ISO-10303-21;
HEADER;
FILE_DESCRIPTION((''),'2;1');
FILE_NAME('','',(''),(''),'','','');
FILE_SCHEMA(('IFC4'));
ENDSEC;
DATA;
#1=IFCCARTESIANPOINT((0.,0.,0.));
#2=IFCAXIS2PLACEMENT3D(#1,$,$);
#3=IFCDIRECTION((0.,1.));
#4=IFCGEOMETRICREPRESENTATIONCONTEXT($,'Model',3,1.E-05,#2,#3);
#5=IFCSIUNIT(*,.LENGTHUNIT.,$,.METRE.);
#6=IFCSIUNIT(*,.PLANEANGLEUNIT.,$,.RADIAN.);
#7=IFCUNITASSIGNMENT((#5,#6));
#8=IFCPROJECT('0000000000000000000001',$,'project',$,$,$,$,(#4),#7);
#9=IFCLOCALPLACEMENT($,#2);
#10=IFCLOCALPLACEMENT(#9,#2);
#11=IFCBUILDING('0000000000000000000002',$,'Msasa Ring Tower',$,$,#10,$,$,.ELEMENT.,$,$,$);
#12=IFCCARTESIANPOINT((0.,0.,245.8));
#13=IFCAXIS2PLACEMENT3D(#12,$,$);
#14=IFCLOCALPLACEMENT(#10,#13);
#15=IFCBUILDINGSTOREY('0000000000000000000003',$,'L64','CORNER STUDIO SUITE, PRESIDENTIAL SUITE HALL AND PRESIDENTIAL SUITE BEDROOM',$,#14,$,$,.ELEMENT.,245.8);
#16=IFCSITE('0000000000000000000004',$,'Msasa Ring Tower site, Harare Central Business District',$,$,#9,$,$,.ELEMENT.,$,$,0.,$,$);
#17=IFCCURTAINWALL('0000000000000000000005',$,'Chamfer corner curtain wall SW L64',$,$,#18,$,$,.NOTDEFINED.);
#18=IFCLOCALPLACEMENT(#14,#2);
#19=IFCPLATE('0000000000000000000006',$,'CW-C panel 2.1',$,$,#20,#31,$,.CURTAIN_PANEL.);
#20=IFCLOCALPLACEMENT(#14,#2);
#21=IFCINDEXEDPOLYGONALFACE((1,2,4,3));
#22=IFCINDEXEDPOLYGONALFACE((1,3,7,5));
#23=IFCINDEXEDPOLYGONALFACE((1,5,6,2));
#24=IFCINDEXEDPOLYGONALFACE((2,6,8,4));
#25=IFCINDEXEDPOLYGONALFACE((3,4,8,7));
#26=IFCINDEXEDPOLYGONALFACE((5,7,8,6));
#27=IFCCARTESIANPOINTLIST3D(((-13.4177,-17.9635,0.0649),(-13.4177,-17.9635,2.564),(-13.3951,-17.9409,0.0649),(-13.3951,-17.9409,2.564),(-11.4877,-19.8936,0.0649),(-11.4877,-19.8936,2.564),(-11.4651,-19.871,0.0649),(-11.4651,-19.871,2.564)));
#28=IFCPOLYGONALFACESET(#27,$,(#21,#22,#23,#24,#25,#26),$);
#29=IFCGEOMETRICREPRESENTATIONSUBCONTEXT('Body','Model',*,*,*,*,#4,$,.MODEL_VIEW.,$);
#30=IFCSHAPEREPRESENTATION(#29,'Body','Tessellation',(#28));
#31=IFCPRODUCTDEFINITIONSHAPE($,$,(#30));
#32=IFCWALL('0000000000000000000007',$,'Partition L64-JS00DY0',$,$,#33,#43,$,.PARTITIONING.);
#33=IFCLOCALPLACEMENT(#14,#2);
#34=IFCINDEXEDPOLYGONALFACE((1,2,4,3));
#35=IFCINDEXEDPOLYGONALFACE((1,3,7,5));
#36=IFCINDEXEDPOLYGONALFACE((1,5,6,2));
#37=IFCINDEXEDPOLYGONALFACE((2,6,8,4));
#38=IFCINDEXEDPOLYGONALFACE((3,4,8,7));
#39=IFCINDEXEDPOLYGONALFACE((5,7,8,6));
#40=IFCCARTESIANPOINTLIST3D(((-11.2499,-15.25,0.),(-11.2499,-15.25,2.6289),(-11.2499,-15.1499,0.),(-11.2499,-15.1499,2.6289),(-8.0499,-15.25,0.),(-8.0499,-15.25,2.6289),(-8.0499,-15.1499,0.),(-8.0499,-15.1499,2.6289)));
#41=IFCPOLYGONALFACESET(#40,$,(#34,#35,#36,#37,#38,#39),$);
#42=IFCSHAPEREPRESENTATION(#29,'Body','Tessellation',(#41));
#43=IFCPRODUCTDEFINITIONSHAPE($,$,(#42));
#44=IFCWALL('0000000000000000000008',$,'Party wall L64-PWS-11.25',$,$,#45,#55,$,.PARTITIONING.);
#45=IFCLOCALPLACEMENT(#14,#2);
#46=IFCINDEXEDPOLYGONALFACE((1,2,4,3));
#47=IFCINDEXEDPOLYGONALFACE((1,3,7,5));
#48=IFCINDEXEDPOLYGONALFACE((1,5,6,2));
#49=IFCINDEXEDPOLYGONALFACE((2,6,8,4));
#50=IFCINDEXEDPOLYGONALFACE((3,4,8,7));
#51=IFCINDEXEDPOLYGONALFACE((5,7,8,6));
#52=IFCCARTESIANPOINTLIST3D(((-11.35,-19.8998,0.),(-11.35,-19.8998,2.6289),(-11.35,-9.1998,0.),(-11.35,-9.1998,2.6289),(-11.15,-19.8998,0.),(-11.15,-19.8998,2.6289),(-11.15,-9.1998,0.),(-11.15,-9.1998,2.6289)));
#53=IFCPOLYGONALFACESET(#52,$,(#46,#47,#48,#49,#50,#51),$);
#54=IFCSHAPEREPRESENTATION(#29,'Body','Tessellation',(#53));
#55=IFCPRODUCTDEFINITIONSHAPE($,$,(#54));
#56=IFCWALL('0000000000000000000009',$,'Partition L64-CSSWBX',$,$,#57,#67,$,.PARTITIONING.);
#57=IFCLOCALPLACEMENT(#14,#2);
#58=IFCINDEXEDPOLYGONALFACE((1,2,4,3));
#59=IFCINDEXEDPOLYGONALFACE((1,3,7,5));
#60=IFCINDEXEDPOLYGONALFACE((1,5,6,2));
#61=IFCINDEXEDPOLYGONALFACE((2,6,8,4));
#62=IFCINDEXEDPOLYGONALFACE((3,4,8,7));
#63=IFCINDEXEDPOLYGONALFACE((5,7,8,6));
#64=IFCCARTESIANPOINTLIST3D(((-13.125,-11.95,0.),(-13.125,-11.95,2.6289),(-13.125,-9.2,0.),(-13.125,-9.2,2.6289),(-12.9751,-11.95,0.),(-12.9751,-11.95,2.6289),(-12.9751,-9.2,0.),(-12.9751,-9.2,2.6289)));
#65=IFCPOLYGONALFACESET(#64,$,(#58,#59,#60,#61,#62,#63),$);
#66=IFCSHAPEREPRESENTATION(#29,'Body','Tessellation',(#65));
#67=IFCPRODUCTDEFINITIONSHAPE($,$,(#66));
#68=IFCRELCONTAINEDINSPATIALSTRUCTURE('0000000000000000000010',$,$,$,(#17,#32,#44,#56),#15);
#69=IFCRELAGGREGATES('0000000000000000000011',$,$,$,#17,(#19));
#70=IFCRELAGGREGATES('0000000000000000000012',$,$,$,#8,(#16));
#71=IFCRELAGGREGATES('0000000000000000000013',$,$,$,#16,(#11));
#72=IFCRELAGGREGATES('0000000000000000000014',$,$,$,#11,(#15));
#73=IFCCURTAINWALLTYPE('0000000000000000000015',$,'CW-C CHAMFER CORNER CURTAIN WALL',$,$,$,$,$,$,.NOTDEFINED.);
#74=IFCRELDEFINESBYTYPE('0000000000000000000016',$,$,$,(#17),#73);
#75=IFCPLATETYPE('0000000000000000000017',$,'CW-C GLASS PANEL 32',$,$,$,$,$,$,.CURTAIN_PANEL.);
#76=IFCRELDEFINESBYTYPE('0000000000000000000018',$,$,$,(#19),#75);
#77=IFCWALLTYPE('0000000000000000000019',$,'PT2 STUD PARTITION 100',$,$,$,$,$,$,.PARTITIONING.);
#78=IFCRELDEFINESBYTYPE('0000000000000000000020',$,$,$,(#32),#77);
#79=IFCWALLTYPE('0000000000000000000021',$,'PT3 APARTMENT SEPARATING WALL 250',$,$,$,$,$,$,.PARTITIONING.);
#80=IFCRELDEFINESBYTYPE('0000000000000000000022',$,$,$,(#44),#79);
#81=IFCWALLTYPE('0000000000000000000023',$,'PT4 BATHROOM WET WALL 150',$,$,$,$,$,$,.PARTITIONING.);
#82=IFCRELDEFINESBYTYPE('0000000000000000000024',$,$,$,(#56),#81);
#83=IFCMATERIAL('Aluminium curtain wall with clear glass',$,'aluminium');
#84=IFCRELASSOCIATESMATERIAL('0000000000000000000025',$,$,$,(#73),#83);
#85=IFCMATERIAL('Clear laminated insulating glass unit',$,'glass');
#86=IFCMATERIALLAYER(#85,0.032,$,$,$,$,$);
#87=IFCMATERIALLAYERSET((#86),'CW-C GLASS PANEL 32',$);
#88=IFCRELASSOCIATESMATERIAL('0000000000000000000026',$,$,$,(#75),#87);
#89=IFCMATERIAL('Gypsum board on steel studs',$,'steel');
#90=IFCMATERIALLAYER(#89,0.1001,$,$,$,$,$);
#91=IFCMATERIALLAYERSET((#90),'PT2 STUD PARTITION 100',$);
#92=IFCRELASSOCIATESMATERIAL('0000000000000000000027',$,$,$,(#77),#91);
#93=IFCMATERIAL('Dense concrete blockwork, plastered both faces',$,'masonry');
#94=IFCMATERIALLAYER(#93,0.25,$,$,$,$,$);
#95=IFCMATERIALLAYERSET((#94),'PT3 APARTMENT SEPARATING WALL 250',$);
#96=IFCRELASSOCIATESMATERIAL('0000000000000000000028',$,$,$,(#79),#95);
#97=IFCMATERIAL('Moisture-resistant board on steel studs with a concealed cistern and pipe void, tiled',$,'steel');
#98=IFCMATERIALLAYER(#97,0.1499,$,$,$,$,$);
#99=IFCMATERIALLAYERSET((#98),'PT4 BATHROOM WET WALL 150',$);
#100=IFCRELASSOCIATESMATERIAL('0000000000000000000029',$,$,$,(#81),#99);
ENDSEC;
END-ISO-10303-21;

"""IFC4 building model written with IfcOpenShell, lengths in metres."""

from ifc_helpers import new_model, si_unit, direction, frame, frame_2d, origin, origin_2d, place, context, subcontext, project, spatial, rectangle, extrude, material, layer, layer_set, type_object, element, aggregate, save


model = new_model("IFC4")

# Units and contexts
model_context = context("Model", 3, precision=1e-05, world=origin(), true_north=direction((0.0, 1.0)))
body_context = subcontext(model_context, "Body", "Model", "MODEL_VIEW")
ifc_project = project(units=[si_unit("LENGTHUNIT", "METRE"), si_unit("PLANEANGLEUNIT", "RADIAN")], contexts=[model_context])

# Site, building, storey
site_placement = place(None, origin())
site = spatial("IfcSite", under=ifc_project, at=site_placement, Name="Msasa Ring Tower site, Harare Central Business District", CompositionType="ELEMENT", RefElevation=0.0)
building_placement = place(site_placement, origin())
building = spatial("IfcBuilding", under=site, at=building_placement, Name="Msasa Ring Tower", CompositionType="ELEMENT")
storey_placement = place(building_placement, frame((0.0, 0.0, 245.8)))
storey = spatial("IfcBuildingStorey", under=building, at=storey_placement, Name="L64", Description="CORNER STUDIO SUITE, PRESIDENTIAL SUITE HALL AND PRESIDENTIAL SUITE BEDROOM", CompositionType="ELEMENT", Elevation=245.8)

# Curtain wall
ifc_material_1 = material(Name="Aluminium curtain wall with clear glass", Category="aluminium")
curtain_wall_type = type_object("IfcCurtainWallType", Name="CW-C CHAMFER CORNER CURTAIN WALL", PredefinedType="NOTDEFINED", material=ifc_material_1)
curtain_wall_1_placement = place(storey_placement, origin())
curtain_wall_1 = element("IfcCurtainWall", 1, at=curtain_wall_1_placement, inside=storey, type_object=curtain_wall_type, Name="Chamfer corner curtain wall SW L64", PredefinedType="NOTDEFINED")

# Plate
ifc_material_2 = material(Name="Clear laminated insulating glass unit", Category="glass")
ifc_layer_1 = layer(ifc_material_2, 0.032)
ifc_layer_set_1 = layer_set([ifc_layer_1], Name="CW-C GLASS PANEL 32")
plate_type = type_object("IfcPlateType", Name="CW-C GLASS PANEL 32", PredefinedType="CURTAIN_PANEL", material=ifc_layer_set_1)
plate_1_placement = place(storey_placement, frame((-12.4414, -18.9172, 0.0649), z_axis=(0.0, 0.0, 1.0), x_axis=(0.707107, -0.707107, 0.0)))
plate_1 = element("IfcPlate", 2, at=plate_1_placement, type_object=plate_type, Name="CW-C panel 2.1", PredefinedType="CURTAIN_PANEL", context=body_context, shape_type="SweptSolid", body=[
    extrude(rectangle(XDim=2.7295, YDim=0.032, at=origin_2d()), origin(), (0.0, 0.0, 1.0), 2.499),
])
aggregate(curtain_wall_1, [plate_1])

# Walls
ifc_material_3 = material(Name="Gypsum board on steel studs", Category="steel")
ifc_layer_2 = layer(ifc_material_3, 0.1001)
ifc_layer_set_2 = layer_set([ifc_layer_2], Name="PT2 STUD PARTITION 100")
wall_type_1 = type_object("IfcWallType", Name="PT2 STUD PARTITION 100", PredefinedType="PARTITIONING", material=ifc_layer_set_2)
wall_1_placement = place(storey_placement, frame((-11.25, -15.2, 0.0), z_axis=(0.0, 0.0, 1.0), x_axis=(1.0, 0.0, 0.0)))
element("IfcWall", 3, at=wall_1_placement, inside=storey, type_object=wall_type_1, Name="Partition L64-JS00DY0", PredefinedType="PARTITIONING", context=body_context, shape_type="SweptSolid", body=[
    extrude(rectangle(XDim=3.2, YDim=0.1001, at=frame_2d((1.6001, 0.0))), origin(), (0.0, 0.0, 1.0), 2.6289),
])
ifc_material_4 = material(Name="Dense concrete blockwork, plastered both faces", Category="masonry")
ifc_layer_3 = layer(ifc_material_4, 0.25)
ifc_layer_set_3 = layer_set([ifc_layer_3], Name="PT3 APARTMENT SEPARATING WALL 250")
wall_type_2 = type_object("IfcWallType", Name="PT3 APARTMENT SEPARATING WALL 250", PredefinedType="PARTITIONING", material=ifc_layer_set_3)
wall_2_placement = place(storey_placement, frame((-11.25, -19.8999, 0.0), z_axis=(0.0, 0.0, 1.0), x_axis=(0.0, 1.0, 0.0)))
element("IfcWall", 4, at=wall_2_placement, inside=storey, type_object=wall_type_2, Name="Party wall L64-PWS-11.25", PredefinedType="PARTITIONING", context=body_context, shape_type="SweptSolid", body=[
    extrude(rectangle(XDim=10.7, YDim=0.2, at=frame_2d((5.3501, 0.0))), origin(), (0.0, 0.0, 1.0), 2.6289),
])
ifc_material_5 = material(Name="Moisture-resistant board on steel studs with a concealed cistern and pipe void, tiled", Category="steel")
ifc_layer_4 = layer(ifc_material_5, 0.1499)
ifc_layer_set_4 = layer_set([ifc_layer_4], Name="PT4 BATHROOM WET WALL 150")
wall_type_3 = type_object("IfcWallType", Name="PT4 BATHROOM WET WALL 150", PredefinedType="PARTITIONING", material=ifc_layer_set_4)
wall_3_placement = place(storey_placement, frame((-13.05, -11.95, 0.0), z_axis=(0.0, 0.0, 1.0), x_axis=(0.0, 1.0, 0.0)))
element("IfcWall", 5, at=wall_3_placement, inside=storey, type_object=wall_type_3, Name="Partition L64-CSSWBX", PredefinedType="PARTITIONING", context=body_context, shape_type="SweptSolid", body=[
    extrude(rectangle(XDim=2.75, YDim=0.1499, at=frame_2d((1.375, 0.0))), origin(), (0.0, 0.0, 1.0), 2.6289),
])

save(model, "model.ifc")
